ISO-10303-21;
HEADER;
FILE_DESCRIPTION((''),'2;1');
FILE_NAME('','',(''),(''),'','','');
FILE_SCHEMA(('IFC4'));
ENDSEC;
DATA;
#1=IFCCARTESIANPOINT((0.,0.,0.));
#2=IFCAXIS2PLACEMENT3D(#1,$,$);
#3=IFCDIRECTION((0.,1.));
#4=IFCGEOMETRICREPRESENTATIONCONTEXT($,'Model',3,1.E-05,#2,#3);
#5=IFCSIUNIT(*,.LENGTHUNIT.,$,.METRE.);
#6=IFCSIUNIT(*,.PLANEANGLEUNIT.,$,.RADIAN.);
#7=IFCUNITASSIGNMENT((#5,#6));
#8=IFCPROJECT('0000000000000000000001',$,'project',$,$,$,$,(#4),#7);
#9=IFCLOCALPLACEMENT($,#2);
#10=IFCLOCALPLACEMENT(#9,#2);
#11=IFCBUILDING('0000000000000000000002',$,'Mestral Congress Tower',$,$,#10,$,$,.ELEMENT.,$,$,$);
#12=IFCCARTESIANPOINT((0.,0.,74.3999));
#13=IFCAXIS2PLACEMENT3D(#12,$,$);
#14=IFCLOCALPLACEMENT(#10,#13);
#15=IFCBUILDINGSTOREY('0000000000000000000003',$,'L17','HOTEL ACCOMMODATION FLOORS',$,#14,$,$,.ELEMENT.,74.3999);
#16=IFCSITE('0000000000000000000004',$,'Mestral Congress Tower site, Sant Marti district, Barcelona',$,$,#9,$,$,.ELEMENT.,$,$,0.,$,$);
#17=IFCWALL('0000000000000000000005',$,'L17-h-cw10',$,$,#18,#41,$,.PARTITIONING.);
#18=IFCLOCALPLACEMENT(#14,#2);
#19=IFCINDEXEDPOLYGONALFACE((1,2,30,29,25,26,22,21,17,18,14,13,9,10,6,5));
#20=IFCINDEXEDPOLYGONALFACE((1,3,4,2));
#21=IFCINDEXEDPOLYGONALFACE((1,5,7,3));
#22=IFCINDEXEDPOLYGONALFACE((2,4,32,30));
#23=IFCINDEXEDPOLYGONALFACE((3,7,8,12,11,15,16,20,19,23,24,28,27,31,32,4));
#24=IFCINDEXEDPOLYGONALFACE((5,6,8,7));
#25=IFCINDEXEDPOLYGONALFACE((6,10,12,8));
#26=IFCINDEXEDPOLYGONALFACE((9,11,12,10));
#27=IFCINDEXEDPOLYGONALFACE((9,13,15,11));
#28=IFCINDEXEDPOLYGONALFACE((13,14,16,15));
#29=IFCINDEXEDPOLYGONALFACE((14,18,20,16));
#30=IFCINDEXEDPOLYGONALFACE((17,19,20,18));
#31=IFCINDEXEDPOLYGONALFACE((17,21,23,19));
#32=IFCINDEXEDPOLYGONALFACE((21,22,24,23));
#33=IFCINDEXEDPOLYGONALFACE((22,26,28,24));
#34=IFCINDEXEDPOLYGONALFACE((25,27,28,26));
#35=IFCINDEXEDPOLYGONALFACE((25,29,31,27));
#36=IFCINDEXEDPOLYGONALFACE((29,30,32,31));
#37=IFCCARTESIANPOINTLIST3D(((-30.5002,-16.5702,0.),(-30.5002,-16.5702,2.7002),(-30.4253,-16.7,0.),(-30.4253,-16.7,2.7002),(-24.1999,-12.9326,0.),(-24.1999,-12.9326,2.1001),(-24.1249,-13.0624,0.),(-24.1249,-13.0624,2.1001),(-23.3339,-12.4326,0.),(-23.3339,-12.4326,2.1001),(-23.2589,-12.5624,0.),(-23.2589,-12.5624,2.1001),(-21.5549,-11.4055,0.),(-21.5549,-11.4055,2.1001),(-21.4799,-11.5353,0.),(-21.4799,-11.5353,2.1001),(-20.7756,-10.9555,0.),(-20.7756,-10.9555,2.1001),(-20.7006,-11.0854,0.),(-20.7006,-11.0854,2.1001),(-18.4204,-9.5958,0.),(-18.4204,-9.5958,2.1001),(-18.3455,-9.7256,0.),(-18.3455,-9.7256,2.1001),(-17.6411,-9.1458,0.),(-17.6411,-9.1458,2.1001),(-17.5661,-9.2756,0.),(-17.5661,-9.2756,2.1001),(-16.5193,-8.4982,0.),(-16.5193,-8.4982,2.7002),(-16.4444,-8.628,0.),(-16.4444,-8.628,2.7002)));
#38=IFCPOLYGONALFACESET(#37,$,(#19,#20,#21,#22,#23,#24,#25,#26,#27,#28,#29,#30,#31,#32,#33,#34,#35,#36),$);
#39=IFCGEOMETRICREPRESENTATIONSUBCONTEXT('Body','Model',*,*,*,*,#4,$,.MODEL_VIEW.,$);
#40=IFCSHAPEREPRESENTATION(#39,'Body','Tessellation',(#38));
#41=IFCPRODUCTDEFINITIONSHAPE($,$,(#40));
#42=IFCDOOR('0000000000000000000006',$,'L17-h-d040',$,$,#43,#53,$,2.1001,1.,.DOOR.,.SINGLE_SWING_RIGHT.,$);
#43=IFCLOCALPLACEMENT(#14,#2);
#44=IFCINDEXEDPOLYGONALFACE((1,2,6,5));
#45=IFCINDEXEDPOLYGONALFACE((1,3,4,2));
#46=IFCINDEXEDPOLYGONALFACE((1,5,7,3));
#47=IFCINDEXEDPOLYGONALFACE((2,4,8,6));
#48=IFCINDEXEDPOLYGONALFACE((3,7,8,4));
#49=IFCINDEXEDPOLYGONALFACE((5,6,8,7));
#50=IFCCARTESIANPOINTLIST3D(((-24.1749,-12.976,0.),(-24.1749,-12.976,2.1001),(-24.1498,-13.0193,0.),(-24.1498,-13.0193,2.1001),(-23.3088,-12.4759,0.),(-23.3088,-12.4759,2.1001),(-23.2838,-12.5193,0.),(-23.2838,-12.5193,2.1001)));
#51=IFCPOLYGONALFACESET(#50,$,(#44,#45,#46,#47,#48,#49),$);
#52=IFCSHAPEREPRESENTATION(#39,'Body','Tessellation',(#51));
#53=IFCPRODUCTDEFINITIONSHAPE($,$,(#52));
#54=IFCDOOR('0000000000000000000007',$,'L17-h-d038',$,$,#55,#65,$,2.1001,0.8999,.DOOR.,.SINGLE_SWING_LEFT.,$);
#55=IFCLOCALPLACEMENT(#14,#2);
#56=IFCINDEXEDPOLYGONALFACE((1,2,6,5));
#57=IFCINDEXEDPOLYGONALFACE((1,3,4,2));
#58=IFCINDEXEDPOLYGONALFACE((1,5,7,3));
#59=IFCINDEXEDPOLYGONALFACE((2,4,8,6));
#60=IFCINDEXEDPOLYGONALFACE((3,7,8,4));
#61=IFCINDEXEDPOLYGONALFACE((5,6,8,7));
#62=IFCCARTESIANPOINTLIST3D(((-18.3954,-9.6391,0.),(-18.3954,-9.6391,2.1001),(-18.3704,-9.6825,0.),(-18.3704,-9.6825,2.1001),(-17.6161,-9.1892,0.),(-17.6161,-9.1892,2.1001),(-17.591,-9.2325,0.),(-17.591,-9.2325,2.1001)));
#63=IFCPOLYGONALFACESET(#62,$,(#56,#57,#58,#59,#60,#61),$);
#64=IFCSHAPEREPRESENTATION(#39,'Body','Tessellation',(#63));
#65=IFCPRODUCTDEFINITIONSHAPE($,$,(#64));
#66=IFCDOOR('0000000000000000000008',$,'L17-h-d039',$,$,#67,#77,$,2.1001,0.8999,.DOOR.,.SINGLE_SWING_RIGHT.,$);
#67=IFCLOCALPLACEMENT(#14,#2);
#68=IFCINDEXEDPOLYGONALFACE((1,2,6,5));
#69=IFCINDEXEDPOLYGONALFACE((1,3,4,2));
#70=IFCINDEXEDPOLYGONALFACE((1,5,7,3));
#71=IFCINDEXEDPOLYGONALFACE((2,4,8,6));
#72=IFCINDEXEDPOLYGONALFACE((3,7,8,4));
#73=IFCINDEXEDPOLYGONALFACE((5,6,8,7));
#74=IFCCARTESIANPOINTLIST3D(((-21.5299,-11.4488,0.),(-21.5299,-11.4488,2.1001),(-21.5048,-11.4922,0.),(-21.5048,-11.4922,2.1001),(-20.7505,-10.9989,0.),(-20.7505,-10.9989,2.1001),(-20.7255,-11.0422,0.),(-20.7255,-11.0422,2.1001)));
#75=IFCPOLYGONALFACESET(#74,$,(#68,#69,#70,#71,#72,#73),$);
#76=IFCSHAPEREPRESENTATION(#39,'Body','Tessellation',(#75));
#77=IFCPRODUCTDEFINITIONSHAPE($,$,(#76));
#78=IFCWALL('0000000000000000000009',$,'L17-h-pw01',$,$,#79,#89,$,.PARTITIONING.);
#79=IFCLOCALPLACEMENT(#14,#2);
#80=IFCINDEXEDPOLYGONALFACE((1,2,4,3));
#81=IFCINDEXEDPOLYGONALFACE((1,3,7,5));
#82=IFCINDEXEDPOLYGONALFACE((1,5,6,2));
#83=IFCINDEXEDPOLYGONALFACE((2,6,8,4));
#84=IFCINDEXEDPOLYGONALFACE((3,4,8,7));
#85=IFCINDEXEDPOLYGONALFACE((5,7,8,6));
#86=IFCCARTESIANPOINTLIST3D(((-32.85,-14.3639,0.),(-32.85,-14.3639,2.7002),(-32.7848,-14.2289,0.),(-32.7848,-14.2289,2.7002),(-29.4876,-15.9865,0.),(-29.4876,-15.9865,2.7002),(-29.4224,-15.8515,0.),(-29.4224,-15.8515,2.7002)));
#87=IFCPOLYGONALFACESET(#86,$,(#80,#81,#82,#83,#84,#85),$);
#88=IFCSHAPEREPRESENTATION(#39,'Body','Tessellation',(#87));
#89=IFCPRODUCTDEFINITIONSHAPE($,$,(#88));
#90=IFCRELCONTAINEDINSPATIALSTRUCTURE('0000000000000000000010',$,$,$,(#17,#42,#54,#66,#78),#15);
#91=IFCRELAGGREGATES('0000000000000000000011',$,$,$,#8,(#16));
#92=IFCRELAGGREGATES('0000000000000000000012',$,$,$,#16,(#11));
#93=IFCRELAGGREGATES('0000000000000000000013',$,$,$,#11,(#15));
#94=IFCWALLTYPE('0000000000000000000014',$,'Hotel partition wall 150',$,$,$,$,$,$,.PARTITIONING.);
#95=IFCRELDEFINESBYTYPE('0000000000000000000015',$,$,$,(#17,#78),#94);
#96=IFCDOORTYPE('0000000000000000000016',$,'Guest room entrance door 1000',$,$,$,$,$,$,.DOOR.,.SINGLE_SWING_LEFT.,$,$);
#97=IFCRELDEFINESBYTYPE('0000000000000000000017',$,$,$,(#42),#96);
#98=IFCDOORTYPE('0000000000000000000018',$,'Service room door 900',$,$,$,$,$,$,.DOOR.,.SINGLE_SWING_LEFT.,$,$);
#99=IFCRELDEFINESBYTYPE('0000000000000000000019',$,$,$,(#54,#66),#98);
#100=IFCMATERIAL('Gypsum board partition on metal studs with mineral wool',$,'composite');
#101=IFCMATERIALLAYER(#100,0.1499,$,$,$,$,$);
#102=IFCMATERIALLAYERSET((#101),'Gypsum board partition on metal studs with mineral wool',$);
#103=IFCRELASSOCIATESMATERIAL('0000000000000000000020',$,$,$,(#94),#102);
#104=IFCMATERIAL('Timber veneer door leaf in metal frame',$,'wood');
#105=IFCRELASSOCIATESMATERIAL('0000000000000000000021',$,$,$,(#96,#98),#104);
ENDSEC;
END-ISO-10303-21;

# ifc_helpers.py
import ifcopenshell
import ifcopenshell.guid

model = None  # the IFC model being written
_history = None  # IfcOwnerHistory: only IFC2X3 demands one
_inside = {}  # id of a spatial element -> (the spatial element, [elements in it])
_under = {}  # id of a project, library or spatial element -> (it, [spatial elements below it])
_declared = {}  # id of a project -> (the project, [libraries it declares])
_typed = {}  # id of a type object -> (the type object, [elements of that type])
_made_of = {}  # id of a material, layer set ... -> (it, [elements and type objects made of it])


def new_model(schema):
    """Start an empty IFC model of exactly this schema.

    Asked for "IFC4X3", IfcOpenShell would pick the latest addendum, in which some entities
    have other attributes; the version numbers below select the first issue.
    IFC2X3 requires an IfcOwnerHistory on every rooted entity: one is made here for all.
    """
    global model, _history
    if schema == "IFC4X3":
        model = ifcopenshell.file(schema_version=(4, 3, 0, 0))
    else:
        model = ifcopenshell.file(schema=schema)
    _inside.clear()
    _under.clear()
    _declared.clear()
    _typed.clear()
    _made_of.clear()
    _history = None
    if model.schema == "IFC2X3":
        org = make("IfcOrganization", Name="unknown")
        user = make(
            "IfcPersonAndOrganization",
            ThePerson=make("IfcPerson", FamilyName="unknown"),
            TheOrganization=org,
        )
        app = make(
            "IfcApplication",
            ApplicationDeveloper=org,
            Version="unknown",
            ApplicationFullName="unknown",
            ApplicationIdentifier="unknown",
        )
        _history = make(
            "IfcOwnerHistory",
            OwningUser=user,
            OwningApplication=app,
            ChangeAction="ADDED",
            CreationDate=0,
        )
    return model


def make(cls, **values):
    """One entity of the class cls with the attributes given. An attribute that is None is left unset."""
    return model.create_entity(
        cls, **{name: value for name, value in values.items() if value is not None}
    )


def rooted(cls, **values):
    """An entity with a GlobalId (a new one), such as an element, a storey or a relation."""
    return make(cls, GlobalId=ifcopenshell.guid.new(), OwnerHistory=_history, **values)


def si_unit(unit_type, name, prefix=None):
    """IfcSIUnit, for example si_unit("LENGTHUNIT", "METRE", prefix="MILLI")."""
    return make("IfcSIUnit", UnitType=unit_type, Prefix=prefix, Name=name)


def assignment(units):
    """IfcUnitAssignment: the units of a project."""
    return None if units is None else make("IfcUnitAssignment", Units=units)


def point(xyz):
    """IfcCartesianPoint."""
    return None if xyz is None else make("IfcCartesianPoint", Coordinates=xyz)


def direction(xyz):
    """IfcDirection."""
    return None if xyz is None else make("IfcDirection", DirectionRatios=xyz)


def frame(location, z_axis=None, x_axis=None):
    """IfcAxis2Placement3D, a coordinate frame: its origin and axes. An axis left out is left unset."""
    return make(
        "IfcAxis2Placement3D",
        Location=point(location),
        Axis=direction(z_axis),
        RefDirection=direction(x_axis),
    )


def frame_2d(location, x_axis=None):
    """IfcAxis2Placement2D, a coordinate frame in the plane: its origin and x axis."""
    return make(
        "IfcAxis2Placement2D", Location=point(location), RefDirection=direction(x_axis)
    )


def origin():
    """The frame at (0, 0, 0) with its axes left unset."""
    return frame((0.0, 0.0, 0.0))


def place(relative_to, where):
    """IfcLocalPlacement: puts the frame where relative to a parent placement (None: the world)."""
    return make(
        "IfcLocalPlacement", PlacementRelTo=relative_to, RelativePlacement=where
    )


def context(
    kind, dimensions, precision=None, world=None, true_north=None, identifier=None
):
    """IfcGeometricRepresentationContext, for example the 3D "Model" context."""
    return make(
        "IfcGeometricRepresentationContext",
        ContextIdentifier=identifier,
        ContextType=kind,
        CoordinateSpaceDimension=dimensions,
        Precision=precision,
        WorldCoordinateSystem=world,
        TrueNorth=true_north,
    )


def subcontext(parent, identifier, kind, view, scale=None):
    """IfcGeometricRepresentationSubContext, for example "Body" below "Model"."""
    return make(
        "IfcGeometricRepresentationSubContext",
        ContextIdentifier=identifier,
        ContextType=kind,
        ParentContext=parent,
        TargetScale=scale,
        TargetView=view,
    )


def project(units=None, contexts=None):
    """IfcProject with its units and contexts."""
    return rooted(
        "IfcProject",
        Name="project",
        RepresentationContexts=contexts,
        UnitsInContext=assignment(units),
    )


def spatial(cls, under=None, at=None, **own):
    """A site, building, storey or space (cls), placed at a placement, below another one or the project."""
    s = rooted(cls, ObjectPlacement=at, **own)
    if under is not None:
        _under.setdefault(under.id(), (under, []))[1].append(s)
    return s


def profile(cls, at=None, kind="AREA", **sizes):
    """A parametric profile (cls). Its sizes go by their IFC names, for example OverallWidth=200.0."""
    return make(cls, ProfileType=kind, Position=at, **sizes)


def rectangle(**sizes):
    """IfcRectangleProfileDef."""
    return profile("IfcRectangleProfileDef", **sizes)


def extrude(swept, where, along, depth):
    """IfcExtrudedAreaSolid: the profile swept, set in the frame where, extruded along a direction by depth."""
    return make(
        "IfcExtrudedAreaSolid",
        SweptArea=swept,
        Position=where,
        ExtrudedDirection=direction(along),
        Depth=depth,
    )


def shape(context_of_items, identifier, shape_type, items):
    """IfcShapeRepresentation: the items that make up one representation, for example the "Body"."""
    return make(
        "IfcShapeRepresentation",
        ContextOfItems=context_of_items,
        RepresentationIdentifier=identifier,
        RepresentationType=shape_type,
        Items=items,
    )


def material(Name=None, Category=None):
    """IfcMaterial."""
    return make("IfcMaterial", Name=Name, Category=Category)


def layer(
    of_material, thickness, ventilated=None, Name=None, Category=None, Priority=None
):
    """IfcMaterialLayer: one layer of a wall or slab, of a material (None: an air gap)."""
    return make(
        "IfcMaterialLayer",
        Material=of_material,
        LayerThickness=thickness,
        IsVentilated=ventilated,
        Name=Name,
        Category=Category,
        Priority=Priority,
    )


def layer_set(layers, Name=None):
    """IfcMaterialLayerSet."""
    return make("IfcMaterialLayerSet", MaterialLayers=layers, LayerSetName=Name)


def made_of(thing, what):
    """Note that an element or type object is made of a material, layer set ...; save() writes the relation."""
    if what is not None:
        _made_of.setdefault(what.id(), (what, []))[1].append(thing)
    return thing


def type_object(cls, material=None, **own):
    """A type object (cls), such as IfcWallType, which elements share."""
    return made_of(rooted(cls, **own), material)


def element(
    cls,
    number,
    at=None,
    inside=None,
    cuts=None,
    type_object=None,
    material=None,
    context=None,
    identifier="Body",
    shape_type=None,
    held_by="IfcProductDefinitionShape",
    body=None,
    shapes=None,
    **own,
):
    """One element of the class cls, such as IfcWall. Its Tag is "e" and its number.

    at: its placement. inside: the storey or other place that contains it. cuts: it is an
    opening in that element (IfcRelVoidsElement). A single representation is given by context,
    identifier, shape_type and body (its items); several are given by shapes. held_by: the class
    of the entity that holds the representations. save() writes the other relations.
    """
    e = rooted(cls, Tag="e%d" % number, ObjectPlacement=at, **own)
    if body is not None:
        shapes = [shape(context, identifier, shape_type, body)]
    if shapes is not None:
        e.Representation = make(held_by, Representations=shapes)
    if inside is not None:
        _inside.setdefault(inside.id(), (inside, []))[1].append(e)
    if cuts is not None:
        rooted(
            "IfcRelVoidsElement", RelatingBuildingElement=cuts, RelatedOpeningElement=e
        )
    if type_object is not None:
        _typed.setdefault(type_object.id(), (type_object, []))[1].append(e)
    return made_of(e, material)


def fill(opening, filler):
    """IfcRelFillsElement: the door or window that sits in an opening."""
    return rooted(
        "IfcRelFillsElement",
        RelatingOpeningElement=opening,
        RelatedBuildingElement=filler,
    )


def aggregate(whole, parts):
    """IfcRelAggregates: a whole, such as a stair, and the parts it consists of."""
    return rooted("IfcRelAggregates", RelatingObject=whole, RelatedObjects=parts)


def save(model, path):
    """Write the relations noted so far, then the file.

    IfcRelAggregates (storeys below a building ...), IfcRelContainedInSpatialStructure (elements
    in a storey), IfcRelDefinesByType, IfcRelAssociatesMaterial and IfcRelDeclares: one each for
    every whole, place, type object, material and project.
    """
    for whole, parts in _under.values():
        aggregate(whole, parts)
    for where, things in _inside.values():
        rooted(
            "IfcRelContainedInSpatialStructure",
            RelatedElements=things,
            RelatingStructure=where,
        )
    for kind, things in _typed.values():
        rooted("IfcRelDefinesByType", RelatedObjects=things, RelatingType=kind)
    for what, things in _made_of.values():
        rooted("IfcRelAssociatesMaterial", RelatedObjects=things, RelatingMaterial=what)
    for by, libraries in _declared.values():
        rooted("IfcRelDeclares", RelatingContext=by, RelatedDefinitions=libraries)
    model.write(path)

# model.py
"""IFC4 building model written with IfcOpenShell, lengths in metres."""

from ifc_helpers import new_model, si_unit, direction, frame, frame_2d, origin, place, context, subcontext, project, spatial, rectangle, extrude, material, layer, layer_set, type_object, element, fill, save


model = new_model("IFC4")

# Units and contexts
model_context = context("Model", 3, precision=1e-05, world=origin(), true_north=direction((0.0, 1.0)))
body_context = subcontext(model_context, "Body", "Model", "MODEL_VIEW")
ifc_project = project(units=[si_unit("LENGTHUNIT", "METRE"), si_unit("PLANEANGLEUNIT", "RADIAN")], contexts=[model_context])

# Site, building, storey
site_placement = place(None, origin())
site = spatial("IfcSite", under=ifc_project, at=site_placement, Name="Mestral Congress Tower site, Sant Marti district, Barcelona", CompositionType="ELEMENT", RefElevation=0.0)
building_placement = place(site_placement, origin())
building = spatial("IfcBuilding", under=site, at=building_placement, Name="Mestral Congress Tower", CompositionType="ELEMENT")
storey_placement = place(building_placement, frame((0.0, 0.0, 74.3999)))
storey = spatial("IfcBuildingStorey", under=building, at=storey_placement, Name="L17", Description="HOTEL ACCOMMODATION FLOORS", CompositionType="ELEMENT", Elevation=74.3999)

# Wall, openings, doors
ifc_material_1 = material(Name="Gypsum board partition on metal studs with mineral wool", Category="composite")
ifc_layer_1 = layer(ifc_material_1, 0.1499)
ifc_layer_set_1 = layer_set([ifc_layer_1], Name="Gypsum board partition on metal studs with mineral wool")
wall_type_1 = type_object("IfcWallType", Name="Hotel partition wall 150", PredefinedType="PARTITIONING", material=ifc_layer_set_1)
wall_1_placement = place(storey_placement, frame((-30.4626, -16.635, 0.0), z_axis=(0.0, 0.0, 1.0), x_axis=(0.866022, 0.500005, 0.0)))
wall_1 = element("IfcWall", 1, at=wall_1_placement, inside=storey, type_object=wall_type_1, Name="L17-h-cw10", PredefinedType="PARTITIONING", context=body_context, shape_type="SweptSolid", body=[
    extrude(rectangle(XDim=16.1438, YDim=0.1499, at=frame_2d((8.0718, 0.0))), origin(), (0.0, 0.0, 1.0), 2.7002),
])
opening_1_placement = place(wall_1_placement, frame((13.9485, 0.0, 0.0)))
opening_1 = element("IfcOpeningElement", 2, at=opening_1_placement, cuts=wall_1, PredefinedType="OPENING", context=body_context, shape_type="SweptSolid", body=[
    extrude(rectangle(XDim=0.8999, YDim=2.1001, at=frame_2d((0.45, 1.05))), frame((0.0, 0.085, 0.0), z_axis=(0.0, -1.0, 0.0), x_axis=(1.0, 0.0, 0.0)), (0.0, 0.0, 1.0), 0.1699),
])
opening_2_placement = place(wall_1_placement, frame((10.3291, 0.0, 0.0)))
opening_2 = element("IfcOpeningElement", 3, at=opening_2_placement, cuts=wall_1, PredefinedType="OPENING", context=body_context, shape_type="SweptSolid", body=[
    extrude(rectangle(XDim=0.8999, YDim=2.1001, at=frame_2d((0.45, 1.05))), frame((0.0, 0.085, 0.0), z_axis=(0.0, -1.0, 0.0), x_axis=(1.0, 0.0, 0.0)), (0.0, 0.0, 1.0), 0.1699),
])
opening_3_placement = place(wall_1_placement, frame((7.2749, 0.0, 0.0)))
opening_3 = element("IfcOpeningElement", 4, at=opening_3_placement, cuts=wall_1, PredefinedType="OPENING", context=body_context, shape_type="SweptSolid", body=[
    extrude(rectangle(XDim=1.0, YDim=2.1001, at=frame_2d((0.5, 1.05))), frame((0.0, 0.085, 0.0), z_axis=(0.0, -1.0, 0.0), x_axis=(1.0, 0.0, 0.0)), (0.0, 0.0, 1.0), 0.1699),
])
ifc_material_2 = material(Name="Timber veneer door leaf in metal frame", Category="wood")
door_type_1 = type_object("IfcDoorType", Name="Guest room entrance door 1000", OperationType="SINGLE_SWING_LEFT", PredefinedType="DOOR", material=ifc_material_2)
door_1_placement = place(opening_3_placement, origin())
door_1 = element("IfcDoor", 5, at=door_1_placement, inside=storey, type_object=door_type_1, Name="L17-h-d040", OperationType="SINGLE_SWING_RIGHT", OverallHeight=2.1001, OverallWidth=1.0, PredefinedType="DOOR", context=body_context, shape_type="SweptSolid", body=[
    extrude(rectangle(XDim=1.0, YDim=2.1001, at=frame_2d((0.5, 1.05))), frame((0.0, 0.0249, 0.0), z_axis=(0.0, -1.0, 0.0), x_axis=(1.0, 0.0, 0.0)), (0.0, 0.0, 1.0), 0.05),
])
fill(opening_3, door_1)
door_type_2 = type_object("IfcDoorType", Name="Service room door 900", OperationType="SINGLE_SWING_LEFT", PredefinedType="DOOR", material=ifc_material_2)
door_2_placement = place(opening_1_placement, origin())
door_2 = element("IfcDoor", 6, at=door_2_placement, inside=storey, type_object=door_type_2, Name="L17-h-d038", OperationType="SINGLE_SWING_LEFT", OverallHeight=2.1001, OverallWidth=0.8999, PredefinedType="DOOR", context=body_context, shape_type="SweptSolid", body=[
    extrude(rectangle(XDim=0.8999, YDim=2.1001, at=frame_2d((0.45, 1.05))), frame((0.0, 0.0249, 0.0), z_axis=(0.0, -1.0, 0.0), x_axis=(1.0, 0.0, 0.0)), (0.0, 0.0, 1.0), 0.05),
])
fill(opening_1, door_2)
door_3_placement = place(opening_2_placement, origin())
door_3 = element("IfcDoor", 7, at=door_3_placement, inside=storey, type_object=door_type_2, Name="L17-h-d039", OperationType="SINGLE_SWING_RIGHT", OverallHeight=2.1001, OverallWidth=0.8999, PredefinedType="DOOR", context=body_context, shape_type="SweptSolid", body=[
    extrude(rectangle(XDim=0.8999, YDim=2.1001, at=frame_2d((0.45, 1.05))), frame((0.0, 0.0249, 0.0), z_axis=(0.0, -1.0, 0.0), x_axis=(1.0, 0.0, 0.0)), (0.0, 0.0, 1.0), 0.05),
])
fill(opening_2, door_3)

# Wall
wall_2_placement = place(storey_placement, frame((-32.8174, -14.2964, 0.0), z_axis=(0.0, 0.0, 1.0), x_axis=(0.900617, -0.434614, 0.0)))
element("IfcWall", 8, at=wall_2_placement, inside=storey, type_object=wall_type_1, Name="L17-h-pw01", PredefinedType="PARTITIONING", context=body_context, shape_type="SweptSolid", body=[
    extrude(rectangle(XDim=3.7334, YDim=0.1499, at=frame_2d((1.8667, 0.0))), origin(), (0.0, 0.0, 1.0), 2.7002),
])

save(model, "model.ifc")
